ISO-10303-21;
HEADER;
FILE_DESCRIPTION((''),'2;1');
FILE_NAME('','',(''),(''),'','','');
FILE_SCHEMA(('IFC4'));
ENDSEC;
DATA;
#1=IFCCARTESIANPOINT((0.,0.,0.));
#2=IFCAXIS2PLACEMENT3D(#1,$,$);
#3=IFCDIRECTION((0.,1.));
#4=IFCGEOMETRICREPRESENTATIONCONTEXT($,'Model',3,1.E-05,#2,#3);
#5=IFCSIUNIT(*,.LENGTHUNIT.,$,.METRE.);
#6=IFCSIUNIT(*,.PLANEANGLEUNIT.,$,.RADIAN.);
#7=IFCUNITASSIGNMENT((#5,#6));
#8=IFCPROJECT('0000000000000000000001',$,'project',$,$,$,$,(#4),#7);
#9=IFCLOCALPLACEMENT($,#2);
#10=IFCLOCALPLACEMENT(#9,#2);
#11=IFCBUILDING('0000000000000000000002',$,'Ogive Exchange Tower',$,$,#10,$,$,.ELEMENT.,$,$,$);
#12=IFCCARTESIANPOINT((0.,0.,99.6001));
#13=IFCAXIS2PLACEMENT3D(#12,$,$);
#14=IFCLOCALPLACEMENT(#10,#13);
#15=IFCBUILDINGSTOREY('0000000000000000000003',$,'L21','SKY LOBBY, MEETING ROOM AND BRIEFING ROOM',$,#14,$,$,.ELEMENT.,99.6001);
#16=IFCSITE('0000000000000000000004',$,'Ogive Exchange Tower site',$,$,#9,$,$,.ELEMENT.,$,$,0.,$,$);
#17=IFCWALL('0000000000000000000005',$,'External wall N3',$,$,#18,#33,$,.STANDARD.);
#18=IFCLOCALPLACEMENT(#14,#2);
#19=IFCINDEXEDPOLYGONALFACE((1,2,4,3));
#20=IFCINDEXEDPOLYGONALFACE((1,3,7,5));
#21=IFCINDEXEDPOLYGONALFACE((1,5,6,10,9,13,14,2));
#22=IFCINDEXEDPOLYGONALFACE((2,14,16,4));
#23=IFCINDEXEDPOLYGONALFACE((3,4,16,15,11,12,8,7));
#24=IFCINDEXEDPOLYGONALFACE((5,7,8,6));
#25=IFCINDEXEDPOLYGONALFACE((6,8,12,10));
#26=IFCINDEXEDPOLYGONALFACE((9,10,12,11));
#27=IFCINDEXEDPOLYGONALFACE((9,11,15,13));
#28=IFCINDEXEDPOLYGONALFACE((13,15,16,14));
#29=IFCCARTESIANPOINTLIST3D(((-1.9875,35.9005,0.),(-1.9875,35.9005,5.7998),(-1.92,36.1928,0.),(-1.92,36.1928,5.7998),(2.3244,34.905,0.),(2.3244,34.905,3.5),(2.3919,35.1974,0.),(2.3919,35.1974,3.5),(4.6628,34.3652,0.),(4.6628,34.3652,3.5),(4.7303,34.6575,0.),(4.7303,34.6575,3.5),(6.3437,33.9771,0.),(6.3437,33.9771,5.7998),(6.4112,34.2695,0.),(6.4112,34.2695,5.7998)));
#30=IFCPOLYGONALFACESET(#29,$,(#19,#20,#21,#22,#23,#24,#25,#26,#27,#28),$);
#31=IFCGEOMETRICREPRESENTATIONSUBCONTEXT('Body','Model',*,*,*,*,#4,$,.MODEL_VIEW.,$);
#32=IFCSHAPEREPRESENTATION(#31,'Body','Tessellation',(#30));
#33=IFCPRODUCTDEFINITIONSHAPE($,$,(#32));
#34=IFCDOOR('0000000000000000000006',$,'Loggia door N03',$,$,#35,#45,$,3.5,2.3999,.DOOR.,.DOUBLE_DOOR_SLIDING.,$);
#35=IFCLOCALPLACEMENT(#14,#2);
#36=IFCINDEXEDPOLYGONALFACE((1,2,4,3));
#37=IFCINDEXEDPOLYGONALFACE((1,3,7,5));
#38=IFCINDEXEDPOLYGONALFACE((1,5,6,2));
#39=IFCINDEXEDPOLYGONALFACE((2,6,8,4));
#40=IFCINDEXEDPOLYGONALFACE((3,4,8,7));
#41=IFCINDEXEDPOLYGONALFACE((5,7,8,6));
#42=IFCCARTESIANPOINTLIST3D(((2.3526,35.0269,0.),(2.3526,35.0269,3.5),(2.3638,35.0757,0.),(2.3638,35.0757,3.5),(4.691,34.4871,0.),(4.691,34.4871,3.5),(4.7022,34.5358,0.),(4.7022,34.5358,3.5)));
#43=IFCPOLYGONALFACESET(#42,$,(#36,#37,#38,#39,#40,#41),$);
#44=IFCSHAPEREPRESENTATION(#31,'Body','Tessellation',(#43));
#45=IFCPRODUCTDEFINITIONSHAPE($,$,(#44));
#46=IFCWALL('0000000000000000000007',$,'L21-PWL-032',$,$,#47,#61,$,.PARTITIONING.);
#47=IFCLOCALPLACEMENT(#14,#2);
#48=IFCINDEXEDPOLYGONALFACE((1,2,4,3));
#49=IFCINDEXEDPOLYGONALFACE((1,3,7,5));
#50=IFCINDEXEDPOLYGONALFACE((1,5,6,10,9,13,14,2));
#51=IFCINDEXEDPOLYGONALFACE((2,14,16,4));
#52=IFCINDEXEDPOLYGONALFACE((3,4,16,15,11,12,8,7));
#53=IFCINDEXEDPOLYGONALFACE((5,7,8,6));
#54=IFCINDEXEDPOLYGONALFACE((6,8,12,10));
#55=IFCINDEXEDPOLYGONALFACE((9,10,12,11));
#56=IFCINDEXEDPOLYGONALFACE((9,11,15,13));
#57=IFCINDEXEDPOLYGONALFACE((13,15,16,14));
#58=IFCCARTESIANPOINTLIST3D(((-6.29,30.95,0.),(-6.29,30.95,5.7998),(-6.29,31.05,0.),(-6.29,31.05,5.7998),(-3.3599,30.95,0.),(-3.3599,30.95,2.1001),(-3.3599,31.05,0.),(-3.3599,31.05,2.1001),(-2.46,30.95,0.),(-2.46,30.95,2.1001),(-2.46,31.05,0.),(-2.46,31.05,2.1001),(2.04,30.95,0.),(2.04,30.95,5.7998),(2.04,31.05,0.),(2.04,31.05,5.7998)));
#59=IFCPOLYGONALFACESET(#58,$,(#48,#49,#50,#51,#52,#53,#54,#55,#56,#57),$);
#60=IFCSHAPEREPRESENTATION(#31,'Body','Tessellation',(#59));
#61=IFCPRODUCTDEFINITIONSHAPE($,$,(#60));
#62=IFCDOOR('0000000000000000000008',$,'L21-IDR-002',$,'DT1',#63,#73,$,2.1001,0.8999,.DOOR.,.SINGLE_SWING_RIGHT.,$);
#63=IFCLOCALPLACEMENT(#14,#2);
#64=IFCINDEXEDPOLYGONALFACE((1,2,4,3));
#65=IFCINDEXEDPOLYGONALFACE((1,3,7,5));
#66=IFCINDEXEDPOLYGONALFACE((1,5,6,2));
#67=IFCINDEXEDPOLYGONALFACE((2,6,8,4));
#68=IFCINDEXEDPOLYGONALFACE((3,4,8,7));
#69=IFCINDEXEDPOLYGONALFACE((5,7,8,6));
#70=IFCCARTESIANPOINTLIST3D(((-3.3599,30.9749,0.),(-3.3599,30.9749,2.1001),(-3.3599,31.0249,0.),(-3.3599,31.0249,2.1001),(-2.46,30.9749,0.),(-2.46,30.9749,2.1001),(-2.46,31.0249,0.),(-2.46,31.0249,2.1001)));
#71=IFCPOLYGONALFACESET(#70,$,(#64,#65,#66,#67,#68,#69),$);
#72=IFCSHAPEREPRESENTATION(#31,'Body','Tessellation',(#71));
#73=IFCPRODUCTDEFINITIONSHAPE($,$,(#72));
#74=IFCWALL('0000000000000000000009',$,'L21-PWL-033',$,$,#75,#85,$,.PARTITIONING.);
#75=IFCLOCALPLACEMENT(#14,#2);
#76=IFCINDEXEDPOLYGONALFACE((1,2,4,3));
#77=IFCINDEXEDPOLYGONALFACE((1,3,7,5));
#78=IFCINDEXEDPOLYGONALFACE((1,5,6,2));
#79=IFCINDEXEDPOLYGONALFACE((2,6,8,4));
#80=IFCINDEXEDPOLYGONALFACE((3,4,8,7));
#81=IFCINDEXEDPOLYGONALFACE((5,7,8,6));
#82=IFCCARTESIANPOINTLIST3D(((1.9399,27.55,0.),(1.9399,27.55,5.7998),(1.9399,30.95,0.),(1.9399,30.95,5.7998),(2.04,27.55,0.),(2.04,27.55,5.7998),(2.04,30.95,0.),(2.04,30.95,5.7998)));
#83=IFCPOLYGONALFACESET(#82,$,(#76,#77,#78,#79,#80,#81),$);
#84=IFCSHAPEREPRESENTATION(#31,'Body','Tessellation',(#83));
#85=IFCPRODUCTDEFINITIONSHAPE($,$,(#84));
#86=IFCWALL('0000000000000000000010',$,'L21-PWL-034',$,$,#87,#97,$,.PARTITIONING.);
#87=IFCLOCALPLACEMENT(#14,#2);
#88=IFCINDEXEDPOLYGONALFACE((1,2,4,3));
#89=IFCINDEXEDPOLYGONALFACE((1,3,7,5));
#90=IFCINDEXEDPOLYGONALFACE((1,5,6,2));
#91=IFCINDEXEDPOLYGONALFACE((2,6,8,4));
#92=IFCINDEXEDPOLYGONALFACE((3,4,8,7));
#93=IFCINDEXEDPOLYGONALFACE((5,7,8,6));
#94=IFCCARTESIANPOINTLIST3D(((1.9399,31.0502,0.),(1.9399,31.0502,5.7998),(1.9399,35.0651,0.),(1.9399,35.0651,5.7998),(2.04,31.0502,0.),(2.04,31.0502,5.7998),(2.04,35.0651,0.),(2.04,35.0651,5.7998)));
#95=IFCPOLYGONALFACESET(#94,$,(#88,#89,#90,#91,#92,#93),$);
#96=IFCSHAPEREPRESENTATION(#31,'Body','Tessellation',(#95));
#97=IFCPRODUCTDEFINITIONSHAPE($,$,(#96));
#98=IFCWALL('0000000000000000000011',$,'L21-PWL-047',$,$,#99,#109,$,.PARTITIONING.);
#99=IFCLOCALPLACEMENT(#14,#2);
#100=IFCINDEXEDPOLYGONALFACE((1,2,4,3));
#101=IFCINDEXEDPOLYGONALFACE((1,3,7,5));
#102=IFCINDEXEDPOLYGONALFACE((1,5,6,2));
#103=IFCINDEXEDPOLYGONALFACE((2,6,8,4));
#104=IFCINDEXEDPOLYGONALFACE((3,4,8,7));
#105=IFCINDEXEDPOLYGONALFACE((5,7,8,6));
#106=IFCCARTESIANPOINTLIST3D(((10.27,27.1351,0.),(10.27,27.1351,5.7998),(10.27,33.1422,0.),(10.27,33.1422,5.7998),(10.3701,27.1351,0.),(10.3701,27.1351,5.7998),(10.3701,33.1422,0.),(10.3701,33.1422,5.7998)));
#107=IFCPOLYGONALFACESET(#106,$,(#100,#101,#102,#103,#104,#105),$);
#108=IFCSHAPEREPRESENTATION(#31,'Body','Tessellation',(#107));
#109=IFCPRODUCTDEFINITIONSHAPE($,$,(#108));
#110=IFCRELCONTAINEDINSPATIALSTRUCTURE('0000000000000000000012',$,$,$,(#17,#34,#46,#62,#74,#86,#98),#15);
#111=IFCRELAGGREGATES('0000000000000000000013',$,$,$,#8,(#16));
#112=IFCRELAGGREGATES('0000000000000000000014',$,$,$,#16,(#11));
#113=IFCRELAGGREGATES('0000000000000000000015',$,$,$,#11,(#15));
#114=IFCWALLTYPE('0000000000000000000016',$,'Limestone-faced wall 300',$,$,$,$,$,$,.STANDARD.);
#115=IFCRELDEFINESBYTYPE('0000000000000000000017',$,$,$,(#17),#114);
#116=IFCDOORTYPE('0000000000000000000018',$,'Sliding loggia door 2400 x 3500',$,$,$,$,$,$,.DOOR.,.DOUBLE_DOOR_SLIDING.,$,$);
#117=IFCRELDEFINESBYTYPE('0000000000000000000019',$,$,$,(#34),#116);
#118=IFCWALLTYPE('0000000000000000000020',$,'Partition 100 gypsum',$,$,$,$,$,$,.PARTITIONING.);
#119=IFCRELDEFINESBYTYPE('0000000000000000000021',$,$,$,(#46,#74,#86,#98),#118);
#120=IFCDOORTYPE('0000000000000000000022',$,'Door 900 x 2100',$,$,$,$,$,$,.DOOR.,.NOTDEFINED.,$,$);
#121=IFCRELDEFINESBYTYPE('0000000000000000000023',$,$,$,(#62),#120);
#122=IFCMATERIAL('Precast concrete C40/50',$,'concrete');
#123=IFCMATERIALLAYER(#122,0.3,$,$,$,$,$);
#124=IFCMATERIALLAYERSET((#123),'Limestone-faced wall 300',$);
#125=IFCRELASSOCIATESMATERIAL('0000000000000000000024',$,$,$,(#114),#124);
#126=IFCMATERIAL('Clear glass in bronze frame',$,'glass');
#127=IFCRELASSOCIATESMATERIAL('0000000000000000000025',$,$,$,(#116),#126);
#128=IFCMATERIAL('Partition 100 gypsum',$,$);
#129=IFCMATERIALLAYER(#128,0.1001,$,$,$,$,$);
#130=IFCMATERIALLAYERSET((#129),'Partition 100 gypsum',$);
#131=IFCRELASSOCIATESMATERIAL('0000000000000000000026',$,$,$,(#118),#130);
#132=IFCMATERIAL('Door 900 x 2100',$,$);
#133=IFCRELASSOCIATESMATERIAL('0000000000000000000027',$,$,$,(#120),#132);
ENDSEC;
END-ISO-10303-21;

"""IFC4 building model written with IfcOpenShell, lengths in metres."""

from ifc_helpers import new_model, si_unit, direction, frame, frame_2d, origin, place, context, subcontext, project, spatial, rectangle, extrude, material, layer, layer_set, type_object, element, fill, save


model = new_model("IFC4")

# Units and contexts
model_context = context("Model", 3, precision=1e-05, world=origin(), true_north=direction((0.0, 1.0)))
body_context = subcontext(model_context, "Body", "Model", "MODEL_VIEW")
ifc_project = project(units=[si_unit("LENGTHUNIT", "METRE"), si_unit("PLANEANGLEUNIT", "RADIAN")], contexts=[model_context])

# Site, building, storey
site_placement = place(None, origin())
site = spatial("IfcSite", under=ifc_project, at=site_placement, Name="Ogive Exchange Tower site", CompositionType="ELEMENT", RefElevation=0.0)
building_placement = place(site_placement, origin())
building = spatial("IfcBuilding", under=site, at=building_placement, Name="Ogive Exchange Tower", CompositionType="ELEMENT")
storey_placement = place(building_placement, frame((0.0, 0.0, 99.6001)))
storey = spatial("IfcBuildingStorey", under=building, at=storey_placement, Name="L21", Description="SKY LOBBY, MEETING ROOM AND BRIEFING ROOM", CompositionType="ELEMENT", Elevation=99.6001)

# Walls, openings, doors
ifc_material_1 = material(Name="Precast concrete C40/50", Category="concrete")
ifc_layer_1 = layer(ifc_material_1, 0.3)
ifc_layer_set_1 = layer_set([ifc_layer_1], Name="Limestone-faced wall 300")
wall_type_1 = type_object("IfcWallType", Name="Limestone-faced wall 300", PredefinedType="STANDARD", material=ifc_layer_set_1)
wall_1_placement = place(storey_placement, frame((6.3774, 34.1233, 0.0), z_axis=(0.0, 0.0, 1.0), x_axis=(-0.974371, 0.224947, 0.0)))
wall_1 = element("IfcWall", 1, at=wall_1_placement, inside=storey, type_object=wall_type_1, Name="External wall N3", PredefinedType="STANDARD", context=body_context, shape_type="SweptSolid", body=[
    extrude(rectangle(XDim=8.5503, YDim=0.3, at=frame_2d((4.2751, 0.0))), origin(), (0.0, 0.0, 1.0), 5.7998),
])
opening_1_placement = place(wall_1_placement, frame((1.7251, 0.0, 0.0)))
opening_1 = element("IfcOpeningElement", 2, at=opening_1_placement, cuts=wall_1, PredefinedType="OPENING", context=body_context, shape_type="SweptSolid", body=[
    extrude(rectangle(XDim=2.3999, YDim=3.5, at=frame_2d((1.2, 1.75))), frame((0.0, 0.1599, 0.0), z_axis=(0.0, -1.0, 0.0), x_axis=(1.0, 0.0, 0.0)), (0.0, 0.0, 1.0), 0.3201),
])
ifc_material_2 = material(Name="Clear glass in bronze frame", Category="glass")
door_type_1 = type_object("IfcDoorType", Name="Sliding loggia door 2400 x 3500", OperationType="DOUBLE_DOOR_SLIDING", PredefinedType="DOOR", material=ifc_material_2)
door_1_placement = place(opening_1_placement, origin())
door_1 = element("IfcDoor", 3, at=door_1_placement, inside=storey, type_object=door_type_1, Name="Loggia door N03", OperationType="DOUBLE_DOOR_SLIDING", OverallHeight=3.5, OverallWidth=2.3999, PredefinedType="DOOR", context=body_context, shape_type="SweptSolid", body=[
    extrude(rectangle(XDim=2.3999, YDim=3.5, at=frame_2d((1.2, 1.75))), frame((0.0, 0.0249, 0.0), z_axis=(0.0, -1.0, 0.0), x_axis=(1.0, 0.0, 0.0)), (0.0, 0.0, 1.0), 0.05),
])
fill(opening_1, door_1)
ifc_material_3 = material(Name="Partition 100 gypsum")
ifc_layer_2 = layer(ifc_material_3, 0.1001)
ifc_layer_set_2 = layer_set([ifc_layer_2], Name="Partition 100 gypsum")
wall_type_2 = type_object("IfcWallType", Name="Partition 100 gypsum", PredefinedType="PARTITIONING", material=ifc_layer_set_2)
wall_2_placement = place(storey_placement, frame((2.04, 31.0, 0.0), z_axis=(0.0, 0.0, 1.0), x_axis=(-1.0, 0.0, 0.0)))
wall_2 = element("IfcWall", 4, at=wall_2_placement, inside=storey, type_object=wall_type_2, Name="L21-PWL-032", PredefinedType="PARTITIONING", context=body_context, shape_type="SweptSolid", body=[
    extrude(rectangle(XDim=8.3301, YDim=0.1001, at=frame_2d((4.165, 0.0))), origin(), (0.0, 0.0, 1.0), 5.7998),
])
opening_2_placement = place(wall_2_placement, frame((4.5, 0.0, 0.0)))
opening_2 = element("IfcOpeningElement", 5, at=opening_2_placement, cuts=wall_2, PredefinedType="OPENING", context=body_context, shape_type="SweptSolid", body=[
    extrude(rectangle(XDim=0.8999, YDim=2.1001, at=frame_2d((0.45, 1.05))), frame((0.0, 0.0601, 0.0), z_axis=(0.0, -1.0, 0.0), x_axis=(1.0, 0.0, 0.0)), (0.0, 0.0, 1.0), 0.1201),
])
ifc_material_4 = material(Name="Door 900 x 2100")
door_type_2 = type_object("IfcDoorType", Name="Door 900 x 2100", OperationType="NOTDEFINED", PredefinedType="DOOR", material=ifc_material_4)
door_2_placement = place(opening_2_placement, frame((0.8999, 0.0, 0.0), z_axis=(0.0, 0.0, 1.0), x_axis=(-1.0, 0.0, 0.0)))
door_2 = element("IfcDoor", 6, at=door_2_placement, inside=storey, type_object=door_type_2, Name="L21-IDR-002", ObjectType="DT1", OperationType="SINGLE_SWING_RIGHT", OverallHeight=2.1001, OverallWidth=0.8999, PredefinedType="DOOR", context=body_context, shape_type="SweptSolid", body=[
    extrude(rectangle(XDim=0.8999, YDim=2.1001, at=frame_2d((0.45, 1.05))), frame((0.0, 0.0249, 0.0), z_axis=(0.0, -1.0, 0.0), x_axis=(1.0, 0.0, 0.0)), (0.0, 0.0, 1.0), 0.05),
])
fill(opening_2, door_2)

# Walls
wall_3_placement = place(storey_placement, frame((1.99, 30.95, 0.0), z_axis=(0.0, 0.0, 1.0), x_axis=(0.0, -1.0, 0.0)))
element("IfcWall", 7, at=wall_3_placement, inside=storey, type_object=wall_type_2, Name="L21-PWL-033", PredefinedType="PARTITIONING", context=body_context, shape_type="SweptSolid", body=[
    extrude(rectangle(XDim=3.3999, YDim=0.1001, at=frame_2d((1.7, 0.0))), origin(), (0.0, 0.0, 1.0), 5.7998),
])
wall_4_placement = place(storey_placement, frame((1.99, 35.0649, 0.0), z_axis=(0.0, 0.0, 1.0), x_axis=(0.0, -1.0, 0.0)))
element("IfcWall", 8, at=wall_4_placement, inside=storey, type_object=wall_type_2, Name="L21-PWL-034", PredefinedType="PARTITIONING", context=body_context, shape_type="SweptSolid", body=[
    extrude(rectangle(XDim=4.0149, YDim=0.1001, at=frame_2d((2.0073, 0.0))), origin(), (0.0, 0.0, 1.0), 5.7998),
])
wall_5_placement = place(storey_placement, frame((10.3201, 33.1421, 0.0), z_axis=(0.0, 0.0, 1.0), x_axis=(0.0, -1.0, 0.0)))
element("IfcWall", 9, at=wall_5_placement, inside=storey, type_object=wall_type_2, Name="L21-PWL-047", PredefinedType="PARTITIONING", context=body_context, shape_type="SweptSolid", body=[
    extrude(rectangle(XDim=6.0071, YDim=0.1001, at=frame_2d((3.0034, 0.0))), origin(), (0.0, 0.0, 1.0), 5.7998),
])

save(model, "model.ifc")
